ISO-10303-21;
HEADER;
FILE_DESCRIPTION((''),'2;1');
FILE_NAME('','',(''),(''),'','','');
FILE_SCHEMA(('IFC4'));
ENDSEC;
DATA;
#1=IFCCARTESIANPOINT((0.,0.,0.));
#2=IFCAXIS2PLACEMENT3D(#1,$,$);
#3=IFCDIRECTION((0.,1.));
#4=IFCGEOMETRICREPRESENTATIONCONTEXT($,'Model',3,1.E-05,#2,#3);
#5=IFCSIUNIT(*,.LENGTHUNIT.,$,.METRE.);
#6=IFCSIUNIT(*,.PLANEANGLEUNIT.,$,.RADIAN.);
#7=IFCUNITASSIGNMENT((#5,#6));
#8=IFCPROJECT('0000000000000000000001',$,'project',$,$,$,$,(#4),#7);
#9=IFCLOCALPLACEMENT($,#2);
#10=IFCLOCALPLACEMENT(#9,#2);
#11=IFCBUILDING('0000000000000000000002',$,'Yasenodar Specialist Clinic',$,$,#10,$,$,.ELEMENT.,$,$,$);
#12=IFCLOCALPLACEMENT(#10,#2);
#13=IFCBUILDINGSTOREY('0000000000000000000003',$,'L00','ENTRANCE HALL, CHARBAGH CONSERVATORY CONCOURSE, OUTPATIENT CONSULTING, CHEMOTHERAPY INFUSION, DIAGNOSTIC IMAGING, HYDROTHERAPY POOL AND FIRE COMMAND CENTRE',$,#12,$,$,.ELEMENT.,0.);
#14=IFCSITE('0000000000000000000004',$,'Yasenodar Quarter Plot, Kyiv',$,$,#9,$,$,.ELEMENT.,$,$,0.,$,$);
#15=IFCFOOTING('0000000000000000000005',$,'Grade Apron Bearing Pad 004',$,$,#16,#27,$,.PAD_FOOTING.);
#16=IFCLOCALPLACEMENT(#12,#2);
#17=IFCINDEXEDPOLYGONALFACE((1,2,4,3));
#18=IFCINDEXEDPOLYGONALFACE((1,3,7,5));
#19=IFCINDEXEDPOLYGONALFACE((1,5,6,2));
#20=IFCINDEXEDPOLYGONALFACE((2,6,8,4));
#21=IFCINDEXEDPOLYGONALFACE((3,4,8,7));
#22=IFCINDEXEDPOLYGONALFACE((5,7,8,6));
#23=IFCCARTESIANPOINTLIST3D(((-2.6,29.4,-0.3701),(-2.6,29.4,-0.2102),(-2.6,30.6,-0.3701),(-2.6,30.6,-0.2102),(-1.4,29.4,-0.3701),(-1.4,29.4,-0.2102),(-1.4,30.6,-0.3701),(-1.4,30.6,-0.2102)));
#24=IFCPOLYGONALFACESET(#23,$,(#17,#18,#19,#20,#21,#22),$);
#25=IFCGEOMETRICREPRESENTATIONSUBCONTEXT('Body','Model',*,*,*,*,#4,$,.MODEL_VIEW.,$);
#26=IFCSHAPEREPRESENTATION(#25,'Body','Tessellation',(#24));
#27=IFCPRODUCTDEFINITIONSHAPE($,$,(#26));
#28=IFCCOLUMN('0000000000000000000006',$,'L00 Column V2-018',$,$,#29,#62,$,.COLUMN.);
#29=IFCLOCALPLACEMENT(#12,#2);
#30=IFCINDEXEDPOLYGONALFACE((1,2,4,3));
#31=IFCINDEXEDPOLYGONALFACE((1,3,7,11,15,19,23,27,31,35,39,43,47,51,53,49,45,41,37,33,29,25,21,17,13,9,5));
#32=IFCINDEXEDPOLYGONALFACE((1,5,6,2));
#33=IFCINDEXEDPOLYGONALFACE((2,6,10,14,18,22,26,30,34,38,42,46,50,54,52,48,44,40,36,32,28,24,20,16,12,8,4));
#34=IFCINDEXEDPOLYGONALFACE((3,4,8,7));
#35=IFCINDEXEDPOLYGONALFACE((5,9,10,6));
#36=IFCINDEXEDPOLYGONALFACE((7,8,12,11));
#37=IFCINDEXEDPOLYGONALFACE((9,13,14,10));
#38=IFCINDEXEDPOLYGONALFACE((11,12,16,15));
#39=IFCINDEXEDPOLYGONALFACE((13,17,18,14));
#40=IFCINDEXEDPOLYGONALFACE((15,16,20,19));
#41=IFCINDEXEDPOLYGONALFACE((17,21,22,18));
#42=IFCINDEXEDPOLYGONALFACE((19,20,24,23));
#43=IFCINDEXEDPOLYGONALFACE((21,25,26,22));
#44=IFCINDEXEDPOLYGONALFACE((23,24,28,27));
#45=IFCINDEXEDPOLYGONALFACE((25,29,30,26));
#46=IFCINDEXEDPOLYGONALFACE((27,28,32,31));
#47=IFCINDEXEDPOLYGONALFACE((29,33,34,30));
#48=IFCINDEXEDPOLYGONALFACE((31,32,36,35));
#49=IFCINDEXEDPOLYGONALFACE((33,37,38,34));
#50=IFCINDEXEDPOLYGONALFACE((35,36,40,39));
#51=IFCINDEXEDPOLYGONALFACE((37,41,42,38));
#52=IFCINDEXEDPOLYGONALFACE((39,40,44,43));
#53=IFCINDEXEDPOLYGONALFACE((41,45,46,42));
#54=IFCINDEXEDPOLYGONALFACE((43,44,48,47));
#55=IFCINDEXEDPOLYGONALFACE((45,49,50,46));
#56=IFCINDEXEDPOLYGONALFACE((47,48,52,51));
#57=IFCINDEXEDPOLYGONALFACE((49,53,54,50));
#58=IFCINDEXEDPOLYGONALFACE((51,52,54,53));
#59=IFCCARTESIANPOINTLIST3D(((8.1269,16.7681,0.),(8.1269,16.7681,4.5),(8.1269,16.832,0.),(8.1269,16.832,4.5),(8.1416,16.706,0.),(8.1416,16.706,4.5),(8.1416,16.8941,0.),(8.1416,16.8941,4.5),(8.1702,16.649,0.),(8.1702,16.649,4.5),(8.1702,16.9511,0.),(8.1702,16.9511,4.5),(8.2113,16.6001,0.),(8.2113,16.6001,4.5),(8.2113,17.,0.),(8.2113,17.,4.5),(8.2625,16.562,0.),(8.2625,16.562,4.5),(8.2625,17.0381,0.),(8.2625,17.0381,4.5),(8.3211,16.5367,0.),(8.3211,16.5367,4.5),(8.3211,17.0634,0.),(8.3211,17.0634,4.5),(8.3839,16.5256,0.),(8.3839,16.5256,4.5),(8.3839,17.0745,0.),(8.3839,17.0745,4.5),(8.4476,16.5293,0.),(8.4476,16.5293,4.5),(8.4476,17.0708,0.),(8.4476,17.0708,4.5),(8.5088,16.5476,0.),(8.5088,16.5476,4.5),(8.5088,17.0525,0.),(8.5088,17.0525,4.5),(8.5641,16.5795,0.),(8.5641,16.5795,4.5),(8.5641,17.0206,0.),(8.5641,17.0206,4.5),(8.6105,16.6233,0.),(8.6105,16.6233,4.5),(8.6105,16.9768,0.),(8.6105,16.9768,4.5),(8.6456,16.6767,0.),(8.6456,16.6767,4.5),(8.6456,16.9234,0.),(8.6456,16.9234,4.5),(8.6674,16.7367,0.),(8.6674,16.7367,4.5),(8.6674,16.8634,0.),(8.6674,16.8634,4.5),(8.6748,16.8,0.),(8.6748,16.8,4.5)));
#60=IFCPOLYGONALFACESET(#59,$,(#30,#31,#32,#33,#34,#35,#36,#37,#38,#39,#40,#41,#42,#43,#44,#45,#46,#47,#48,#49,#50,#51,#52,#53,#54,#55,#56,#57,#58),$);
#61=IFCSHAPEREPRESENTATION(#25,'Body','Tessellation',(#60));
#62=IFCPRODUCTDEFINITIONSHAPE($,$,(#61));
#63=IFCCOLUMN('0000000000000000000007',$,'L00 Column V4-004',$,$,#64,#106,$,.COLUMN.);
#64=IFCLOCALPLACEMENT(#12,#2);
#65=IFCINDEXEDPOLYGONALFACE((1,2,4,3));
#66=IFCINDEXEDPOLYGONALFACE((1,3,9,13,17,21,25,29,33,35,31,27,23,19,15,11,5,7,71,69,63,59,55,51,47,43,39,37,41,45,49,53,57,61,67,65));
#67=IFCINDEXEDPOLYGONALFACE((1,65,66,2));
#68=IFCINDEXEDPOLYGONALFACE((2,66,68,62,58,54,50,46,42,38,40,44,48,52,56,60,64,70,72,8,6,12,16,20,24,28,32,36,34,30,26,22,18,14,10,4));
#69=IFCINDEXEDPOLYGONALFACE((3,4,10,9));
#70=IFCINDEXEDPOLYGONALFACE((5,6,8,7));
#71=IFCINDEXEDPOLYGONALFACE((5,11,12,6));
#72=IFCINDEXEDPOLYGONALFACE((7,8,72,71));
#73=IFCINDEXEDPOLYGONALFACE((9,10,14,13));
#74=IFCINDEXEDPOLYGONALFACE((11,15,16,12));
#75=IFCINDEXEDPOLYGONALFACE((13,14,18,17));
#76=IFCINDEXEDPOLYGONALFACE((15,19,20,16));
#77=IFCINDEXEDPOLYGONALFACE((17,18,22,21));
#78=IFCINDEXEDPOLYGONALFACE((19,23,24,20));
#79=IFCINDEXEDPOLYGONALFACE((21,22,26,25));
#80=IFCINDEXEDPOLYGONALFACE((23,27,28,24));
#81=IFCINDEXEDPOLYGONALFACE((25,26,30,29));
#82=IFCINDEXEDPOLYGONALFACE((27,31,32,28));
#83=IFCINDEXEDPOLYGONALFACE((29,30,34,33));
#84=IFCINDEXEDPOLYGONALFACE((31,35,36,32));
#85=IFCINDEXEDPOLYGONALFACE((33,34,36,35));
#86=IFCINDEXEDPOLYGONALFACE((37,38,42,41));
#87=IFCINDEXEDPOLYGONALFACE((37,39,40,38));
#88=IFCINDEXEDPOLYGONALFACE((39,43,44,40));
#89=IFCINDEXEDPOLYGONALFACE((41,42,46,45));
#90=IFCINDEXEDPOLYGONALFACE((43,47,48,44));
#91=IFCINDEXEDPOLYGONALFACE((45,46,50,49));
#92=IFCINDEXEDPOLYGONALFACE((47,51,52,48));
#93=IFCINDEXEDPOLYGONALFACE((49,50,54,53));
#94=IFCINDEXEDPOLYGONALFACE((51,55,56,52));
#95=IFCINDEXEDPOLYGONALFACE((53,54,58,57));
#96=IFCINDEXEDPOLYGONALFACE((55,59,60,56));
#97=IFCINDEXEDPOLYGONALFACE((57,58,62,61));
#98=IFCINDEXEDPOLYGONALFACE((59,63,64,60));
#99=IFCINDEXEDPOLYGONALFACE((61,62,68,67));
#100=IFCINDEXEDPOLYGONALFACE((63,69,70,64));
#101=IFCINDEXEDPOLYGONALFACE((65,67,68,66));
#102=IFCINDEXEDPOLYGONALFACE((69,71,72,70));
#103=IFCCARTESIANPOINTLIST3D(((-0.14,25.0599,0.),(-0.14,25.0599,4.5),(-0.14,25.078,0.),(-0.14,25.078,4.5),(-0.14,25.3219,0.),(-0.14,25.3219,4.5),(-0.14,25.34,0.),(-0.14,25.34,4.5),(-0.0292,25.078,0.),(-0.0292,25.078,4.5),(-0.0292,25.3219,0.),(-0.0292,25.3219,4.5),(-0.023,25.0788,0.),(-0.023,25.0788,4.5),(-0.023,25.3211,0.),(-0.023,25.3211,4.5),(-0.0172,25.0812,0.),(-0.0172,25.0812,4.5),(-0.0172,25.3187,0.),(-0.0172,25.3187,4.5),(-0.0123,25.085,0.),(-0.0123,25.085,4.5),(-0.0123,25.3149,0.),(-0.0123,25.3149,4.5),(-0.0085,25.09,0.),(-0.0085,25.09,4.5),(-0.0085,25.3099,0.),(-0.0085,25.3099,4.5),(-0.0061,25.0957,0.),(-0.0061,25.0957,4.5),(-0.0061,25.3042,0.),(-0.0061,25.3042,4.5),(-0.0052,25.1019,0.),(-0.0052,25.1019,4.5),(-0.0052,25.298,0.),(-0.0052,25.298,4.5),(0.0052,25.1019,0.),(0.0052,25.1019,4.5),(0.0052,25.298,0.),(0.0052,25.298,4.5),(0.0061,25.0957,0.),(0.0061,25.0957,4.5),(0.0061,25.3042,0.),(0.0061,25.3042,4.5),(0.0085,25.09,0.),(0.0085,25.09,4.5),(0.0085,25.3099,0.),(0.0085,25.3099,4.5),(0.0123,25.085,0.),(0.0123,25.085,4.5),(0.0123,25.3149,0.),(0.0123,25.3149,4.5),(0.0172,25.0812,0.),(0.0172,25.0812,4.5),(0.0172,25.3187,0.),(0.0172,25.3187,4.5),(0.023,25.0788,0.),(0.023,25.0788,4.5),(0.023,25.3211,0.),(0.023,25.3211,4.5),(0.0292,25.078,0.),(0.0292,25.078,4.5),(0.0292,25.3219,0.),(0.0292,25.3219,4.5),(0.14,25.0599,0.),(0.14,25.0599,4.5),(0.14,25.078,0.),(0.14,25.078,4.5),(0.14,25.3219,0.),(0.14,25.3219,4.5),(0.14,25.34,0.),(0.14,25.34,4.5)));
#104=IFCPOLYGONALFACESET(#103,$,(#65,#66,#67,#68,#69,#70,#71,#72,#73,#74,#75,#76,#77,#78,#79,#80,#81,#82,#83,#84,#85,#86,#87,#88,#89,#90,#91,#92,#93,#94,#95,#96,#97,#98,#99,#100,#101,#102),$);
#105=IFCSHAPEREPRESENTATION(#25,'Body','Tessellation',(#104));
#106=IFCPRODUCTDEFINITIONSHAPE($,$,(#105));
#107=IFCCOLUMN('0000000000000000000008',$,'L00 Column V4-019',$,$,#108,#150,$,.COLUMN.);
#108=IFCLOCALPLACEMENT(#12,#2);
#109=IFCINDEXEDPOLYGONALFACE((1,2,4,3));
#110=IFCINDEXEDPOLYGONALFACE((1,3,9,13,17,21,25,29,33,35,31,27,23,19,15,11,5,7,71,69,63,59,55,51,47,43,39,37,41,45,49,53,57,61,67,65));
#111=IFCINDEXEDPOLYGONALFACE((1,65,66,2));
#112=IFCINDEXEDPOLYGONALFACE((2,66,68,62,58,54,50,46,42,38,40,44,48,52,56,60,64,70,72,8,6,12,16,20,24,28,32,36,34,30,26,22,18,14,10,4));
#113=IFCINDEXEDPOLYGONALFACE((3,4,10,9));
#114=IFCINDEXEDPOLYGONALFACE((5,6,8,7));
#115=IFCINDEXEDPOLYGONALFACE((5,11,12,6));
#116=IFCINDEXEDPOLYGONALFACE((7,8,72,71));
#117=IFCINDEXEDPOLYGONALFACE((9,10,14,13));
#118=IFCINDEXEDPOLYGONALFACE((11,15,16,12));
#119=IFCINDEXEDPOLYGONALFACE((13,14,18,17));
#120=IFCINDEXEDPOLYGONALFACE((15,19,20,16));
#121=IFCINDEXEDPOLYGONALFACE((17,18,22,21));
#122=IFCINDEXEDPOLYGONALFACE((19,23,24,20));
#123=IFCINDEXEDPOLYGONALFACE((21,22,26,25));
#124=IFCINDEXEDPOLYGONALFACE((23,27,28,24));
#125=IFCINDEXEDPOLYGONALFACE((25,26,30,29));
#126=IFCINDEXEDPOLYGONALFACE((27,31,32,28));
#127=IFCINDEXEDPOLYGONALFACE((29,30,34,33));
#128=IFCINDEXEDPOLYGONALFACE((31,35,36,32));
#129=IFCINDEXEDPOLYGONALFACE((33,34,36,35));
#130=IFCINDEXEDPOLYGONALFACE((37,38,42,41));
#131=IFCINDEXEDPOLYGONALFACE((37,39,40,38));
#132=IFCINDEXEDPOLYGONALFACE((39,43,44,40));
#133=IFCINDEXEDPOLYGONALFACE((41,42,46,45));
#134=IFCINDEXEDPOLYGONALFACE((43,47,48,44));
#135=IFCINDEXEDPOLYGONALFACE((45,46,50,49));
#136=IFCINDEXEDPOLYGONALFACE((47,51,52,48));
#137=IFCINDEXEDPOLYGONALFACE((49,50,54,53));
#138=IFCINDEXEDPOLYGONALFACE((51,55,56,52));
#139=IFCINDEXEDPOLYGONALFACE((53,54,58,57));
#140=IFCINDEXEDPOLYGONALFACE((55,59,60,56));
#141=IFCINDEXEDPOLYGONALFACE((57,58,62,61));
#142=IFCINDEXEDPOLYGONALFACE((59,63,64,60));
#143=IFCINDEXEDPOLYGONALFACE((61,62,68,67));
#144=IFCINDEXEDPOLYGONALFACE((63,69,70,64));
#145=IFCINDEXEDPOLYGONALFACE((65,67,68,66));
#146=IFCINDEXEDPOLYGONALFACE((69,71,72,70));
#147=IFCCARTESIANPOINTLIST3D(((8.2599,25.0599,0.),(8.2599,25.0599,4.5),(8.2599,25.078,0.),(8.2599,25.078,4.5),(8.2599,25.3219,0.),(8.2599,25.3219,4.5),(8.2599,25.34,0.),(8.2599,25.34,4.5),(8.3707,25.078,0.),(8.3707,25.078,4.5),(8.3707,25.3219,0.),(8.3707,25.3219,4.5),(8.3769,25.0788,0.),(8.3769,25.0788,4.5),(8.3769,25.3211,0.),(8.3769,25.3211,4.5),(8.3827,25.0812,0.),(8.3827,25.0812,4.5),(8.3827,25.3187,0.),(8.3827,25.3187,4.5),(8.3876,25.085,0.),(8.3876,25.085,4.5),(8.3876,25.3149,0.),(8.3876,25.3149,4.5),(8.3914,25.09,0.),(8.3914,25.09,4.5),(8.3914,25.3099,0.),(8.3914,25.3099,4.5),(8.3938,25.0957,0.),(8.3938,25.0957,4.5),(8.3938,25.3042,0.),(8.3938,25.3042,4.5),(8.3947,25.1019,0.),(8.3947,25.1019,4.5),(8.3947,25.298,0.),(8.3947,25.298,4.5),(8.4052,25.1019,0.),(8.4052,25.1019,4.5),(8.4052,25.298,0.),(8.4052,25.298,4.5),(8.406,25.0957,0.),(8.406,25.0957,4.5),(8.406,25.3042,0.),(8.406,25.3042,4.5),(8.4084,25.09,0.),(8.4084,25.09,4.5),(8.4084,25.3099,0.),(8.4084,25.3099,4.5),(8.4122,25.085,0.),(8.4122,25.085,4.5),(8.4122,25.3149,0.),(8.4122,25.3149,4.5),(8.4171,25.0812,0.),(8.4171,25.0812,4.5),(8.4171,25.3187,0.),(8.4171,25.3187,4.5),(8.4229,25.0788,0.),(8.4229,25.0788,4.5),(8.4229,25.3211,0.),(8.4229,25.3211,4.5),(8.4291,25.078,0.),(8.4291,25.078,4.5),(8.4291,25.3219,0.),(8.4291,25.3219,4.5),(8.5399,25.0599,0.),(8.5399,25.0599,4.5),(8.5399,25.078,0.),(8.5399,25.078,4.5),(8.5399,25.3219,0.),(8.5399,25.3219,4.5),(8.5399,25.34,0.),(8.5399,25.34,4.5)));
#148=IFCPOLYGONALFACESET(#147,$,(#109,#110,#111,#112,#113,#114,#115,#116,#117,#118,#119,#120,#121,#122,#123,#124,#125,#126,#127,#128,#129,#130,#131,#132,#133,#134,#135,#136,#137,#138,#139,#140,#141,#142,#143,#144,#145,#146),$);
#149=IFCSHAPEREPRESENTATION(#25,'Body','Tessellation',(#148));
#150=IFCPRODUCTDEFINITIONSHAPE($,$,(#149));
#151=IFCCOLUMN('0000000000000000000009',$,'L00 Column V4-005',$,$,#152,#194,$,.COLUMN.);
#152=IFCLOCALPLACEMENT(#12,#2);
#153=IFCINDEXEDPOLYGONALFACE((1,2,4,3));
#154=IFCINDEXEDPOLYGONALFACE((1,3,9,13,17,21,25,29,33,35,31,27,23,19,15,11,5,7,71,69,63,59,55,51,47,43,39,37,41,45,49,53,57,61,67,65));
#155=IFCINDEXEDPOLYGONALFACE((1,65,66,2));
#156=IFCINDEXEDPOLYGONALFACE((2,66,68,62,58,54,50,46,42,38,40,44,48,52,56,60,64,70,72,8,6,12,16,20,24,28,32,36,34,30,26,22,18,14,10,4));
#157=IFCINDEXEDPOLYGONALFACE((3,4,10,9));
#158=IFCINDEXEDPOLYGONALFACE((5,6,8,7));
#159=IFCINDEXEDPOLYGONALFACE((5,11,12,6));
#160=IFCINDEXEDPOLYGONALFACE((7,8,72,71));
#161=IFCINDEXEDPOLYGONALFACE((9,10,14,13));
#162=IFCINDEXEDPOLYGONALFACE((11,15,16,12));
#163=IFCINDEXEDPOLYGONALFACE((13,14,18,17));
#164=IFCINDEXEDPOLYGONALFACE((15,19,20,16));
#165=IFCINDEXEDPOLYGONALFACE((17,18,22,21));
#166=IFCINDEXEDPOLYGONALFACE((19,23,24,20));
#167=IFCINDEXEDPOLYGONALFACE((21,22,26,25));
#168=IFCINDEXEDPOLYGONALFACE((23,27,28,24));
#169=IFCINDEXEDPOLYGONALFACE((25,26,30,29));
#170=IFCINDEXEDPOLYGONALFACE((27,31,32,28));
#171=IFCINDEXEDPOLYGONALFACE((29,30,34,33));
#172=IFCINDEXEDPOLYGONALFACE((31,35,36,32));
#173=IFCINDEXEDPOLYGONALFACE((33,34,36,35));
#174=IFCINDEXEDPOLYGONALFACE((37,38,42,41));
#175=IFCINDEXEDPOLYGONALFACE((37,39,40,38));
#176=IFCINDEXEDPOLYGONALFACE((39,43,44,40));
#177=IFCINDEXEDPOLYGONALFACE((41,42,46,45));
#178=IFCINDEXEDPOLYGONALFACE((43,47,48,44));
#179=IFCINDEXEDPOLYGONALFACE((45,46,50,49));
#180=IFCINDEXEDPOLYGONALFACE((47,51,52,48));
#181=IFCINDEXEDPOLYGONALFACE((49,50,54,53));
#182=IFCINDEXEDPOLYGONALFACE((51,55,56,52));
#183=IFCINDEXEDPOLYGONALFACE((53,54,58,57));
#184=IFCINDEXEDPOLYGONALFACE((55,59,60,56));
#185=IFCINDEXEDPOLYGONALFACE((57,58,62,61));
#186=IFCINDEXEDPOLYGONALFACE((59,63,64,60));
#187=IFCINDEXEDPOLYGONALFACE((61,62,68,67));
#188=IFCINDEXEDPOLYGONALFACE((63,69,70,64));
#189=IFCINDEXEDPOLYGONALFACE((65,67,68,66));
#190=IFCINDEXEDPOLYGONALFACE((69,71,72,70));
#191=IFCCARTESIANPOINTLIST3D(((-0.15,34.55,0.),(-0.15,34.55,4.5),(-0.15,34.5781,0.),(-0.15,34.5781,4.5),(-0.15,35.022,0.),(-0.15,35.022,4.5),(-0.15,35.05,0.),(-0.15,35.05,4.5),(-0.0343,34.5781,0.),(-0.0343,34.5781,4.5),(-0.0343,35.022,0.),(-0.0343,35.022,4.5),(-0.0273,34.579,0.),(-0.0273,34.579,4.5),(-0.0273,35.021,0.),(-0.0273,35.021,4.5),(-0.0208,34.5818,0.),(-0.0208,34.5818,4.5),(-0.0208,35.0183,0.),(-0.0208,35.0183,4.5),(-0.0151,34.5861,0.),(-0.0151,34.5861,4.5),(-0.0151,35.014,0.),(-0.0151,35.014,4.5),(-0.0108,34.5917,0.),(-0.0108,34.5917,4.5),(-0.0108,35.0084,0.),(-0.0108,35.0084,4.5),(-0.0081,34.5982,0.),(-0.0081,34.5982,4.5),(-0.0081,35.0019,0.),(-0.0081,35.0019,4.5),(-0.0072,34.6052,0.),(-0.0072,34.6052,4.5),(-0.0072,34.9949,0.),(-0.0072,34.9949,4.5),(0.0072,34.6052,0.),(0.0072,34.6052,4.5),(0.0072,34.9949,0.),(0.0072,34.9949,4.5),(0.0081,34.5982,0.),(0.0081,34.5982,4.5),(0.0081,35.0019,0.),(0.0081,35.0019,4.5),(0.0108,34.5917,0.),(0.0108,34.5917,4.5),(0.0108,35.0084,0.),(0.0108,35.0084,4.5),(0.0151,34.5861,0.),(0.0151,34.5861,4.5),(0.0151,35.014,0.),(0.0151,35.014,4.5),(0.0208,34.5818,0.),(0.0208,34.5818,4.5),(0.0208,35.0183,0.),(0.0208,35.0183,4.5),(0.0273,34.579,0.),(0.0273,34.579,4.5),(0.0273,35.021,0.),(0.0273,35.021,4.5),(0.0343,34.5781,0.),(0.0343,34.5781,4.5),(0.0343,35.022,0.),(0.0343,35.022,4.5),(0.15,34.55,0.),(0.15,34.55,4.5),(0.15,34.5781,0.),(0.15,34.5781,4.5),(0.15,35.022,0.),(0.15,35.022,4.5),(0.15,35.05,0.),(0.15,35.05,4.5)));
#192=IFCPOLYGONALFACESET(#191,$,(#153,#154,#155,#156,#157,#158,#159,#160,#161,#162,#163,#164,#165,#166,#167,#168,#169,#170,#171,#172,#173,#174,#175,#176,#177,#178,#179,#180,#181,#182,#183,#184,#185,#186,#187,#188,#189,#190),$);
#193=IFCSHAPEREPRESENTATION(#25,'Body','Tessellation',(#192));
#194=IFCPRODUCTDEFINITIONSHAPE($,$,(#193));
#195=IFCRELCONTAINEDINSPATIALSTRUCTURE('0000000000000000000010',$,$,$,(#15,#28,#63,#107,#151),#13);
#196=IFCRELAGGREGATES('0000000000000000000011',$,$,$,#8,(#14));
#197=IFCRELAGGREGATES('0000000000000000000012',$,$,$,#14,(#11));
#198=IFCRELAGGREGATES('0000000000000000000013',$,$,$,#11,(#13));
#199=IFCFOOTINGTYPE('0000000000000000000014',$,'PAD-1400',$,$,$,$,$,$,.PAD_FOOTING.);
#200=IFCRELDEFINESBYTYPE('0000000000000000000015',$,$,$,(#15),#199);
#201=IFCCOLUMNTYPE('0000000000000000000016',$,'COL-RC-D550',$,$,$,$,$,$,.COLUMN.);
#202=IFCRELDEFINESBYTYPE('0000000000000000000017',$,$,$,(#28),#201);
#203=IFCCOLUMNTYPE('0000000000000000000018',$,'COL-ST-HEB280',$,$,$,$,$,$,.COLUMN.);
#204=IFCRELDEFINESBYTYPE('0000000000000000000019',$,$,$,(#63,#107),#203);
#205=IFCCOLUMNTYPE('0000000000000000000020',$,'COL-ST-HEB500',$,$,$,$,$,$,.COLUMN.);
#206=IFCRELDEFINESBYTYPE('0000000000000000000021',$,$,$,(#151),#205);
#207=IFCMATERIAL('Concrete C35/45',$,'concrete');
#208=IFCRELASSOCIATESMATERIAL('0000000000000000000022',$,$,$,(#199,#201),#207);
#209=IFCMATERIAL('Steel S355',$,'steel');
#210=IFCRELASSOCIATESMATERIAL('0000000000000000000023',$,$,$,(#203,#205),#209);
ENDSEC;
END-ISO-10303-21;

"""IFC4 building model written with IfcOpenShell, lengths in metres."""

from ifc_helpers import new_model, si_unit, direction, frame, origin, origin_2d, place, context, subcontext, project, spatial, rectangle, circle, i_section, extrude, material, material_profile, profile_set, type_object, element, save


model = new_model("IFC4")

# Units and contexts
model_context = context("Model", 3, precision=1e-05, world=origin(), true_north=direction((0.0, 1.0)))
body_context = subcontext(model_context, "Body", "Model", "MODEL_VIEW")
ifc_project = project(units=[si_unit("LENGTHUNIT", "METRE"), si_unit("PLANEANGLEUNIT", "RADIAN")], contexts=[model_context])

# Site, building, storey
site_placement = place(None, origin())
site = spatial("IfcSite", under=ifc_project, at=site_placement, Name="Yasenodar Quarter Plot, Kyiv", CompositionType="ELEMENT", RefElevation=0.0)
building_placement = place(site_placement, origin())
building = spatial("IfcBuilding", under=site, at=building_placement, Name="Yasenodar Specialist Clinic", CompositionType="ELEMENT")
storey_placement = place(building_placement, origin())
storey = spatial("IfcBuildingStorey", under=building, at=storey_placement, Name="L00", Description="ENTRANCE HALL, CHARBAGH CONSERVATORY CONCOURSE, OUTPATIENT CONSULTING, CHEMOTHERAPY INFUSION, DIAGNOSTIC IMAGING, HYDROTHERAPY POOL AND FIRE COMMAND CENTRE", CompositionType="ELEMENT", Elevation=0.0)

# Footing
ifc_material_1 = material(Name="Concrete C35/45", Category="concrete")
footing_type = type_object("IfcFootingType", Name="PAD-1400", PredefinedType="PAD_FOOTING", material=ifc_material_1)
footing_placement = place(storey_placement, frame((-2.0, 30.0, -0.3701), z_axis=(0.0, 0.0, 1.0), x_axis=(1.0, 0.0, 0.0)))
element("IfcFooting", 1, at=footing_placement, inside=storey, type_object=footing_type, Name="Grade Apron Bearing Pad 004", PredefinedType="PAD_FOOTING", context=body_context, shape_type="SweptSolid", body=[
    extrude(rectangle(XDim=1.2, YDim=1.2, at=origin_2d()), origin(), (0.0, 0.0, 1.0), 0.1599),
])

# Columns
ifc_material_profile_1 = material_profile(ifc_material_1, circle(Radius=0.2749, at=origin_2d()), Name="RC D550")
ifc_profile_set_1 = profile_set([ifc_material_profile_1], Name="Concrete C35/45")
column_type_1 = type_object("IfcColumnType", Name="COL-RC-D550", PredefinedType="COLUMN", material=ifc_profile_set_1)
column_1_placement = place(storey_placement, frame((8.3999, 16.8, 0.0), z_axis=(0.0, 0.0, 1.0), x_axis=(1.0, 0.0, 0.0)))
element("IfcColumn", 2, at=column_1_placement, inside=storey, type_object=column_type_1, Name="L00 Column V2-018", PredefinedType="COLUMN", context=body_context, shape_type="SweptSolid", body=[
    extrude(circle(Radius=0.2749, at=origin_2d()), origin(), (0.0, 0.0, 1.0), 4.5),
])
ifc_material_2 = material(Name="Steel S355", Category="steel")
ifc_material_profile_2 = material_profile(ifc_material_2, i_section(OverallWidth=0.28, OverallDepth=0.28, WebThickness=0.0105, FlangeThickness=0.0181, FilletRadius=0.0239, at=origin_2d()), Name="HEB 280")
ifc_profile_set_2 = profile_set([ifc_material_profile_2], Name="Steel S355")
column_type_2 = type_object("IfcColumnType", Name="COL-ST-HEB280", PredefinedType="COLUMN", material=ifc_profile_set_2)
for number, where, z_axis, x_axis, name in (
    (3, (0.0, 25.2, 0.0), (0.0, 0.0, 1.0), (1.0, 0.0, 0.0), "L00 Column V4-004"),
    (4, (8.3999, 25.2, 0.0), (0.0, 0.0, 1.0), (1.0, 0.0, 0.0), "L00 Column V4-019"),
):
    element("IfcColumn", number, at=place(storey_placement, frame(where, z_axis=z_axis, x_axis=x_axis)), inside=storey, type_object=column_type_2, Name=name, PredefinedType="COLUMN", context=body_context, shape_type="SweptSolid", body=[
        extrude(i_section(OverallWidth=0.28, OverallDepth=0.28, WebThickness=0.0105, FlangeThickness=0.0181, FilletRadius=0.0239, at=origin_2d()), origin(), (0.0, 0.0, 1.0), 4.5),
    ])
ifc_material_profile_3 = material_profile(ifc_material_2, i_section(OverallWidth=0.3, OverallDepth=0.5, WebThickness=0.0144, FlangeThickness=0.0281, FilletRadius=0.0271, at=origin_2d()), Name="HEB 500")
ifc_profile_set_3 = profile_set([ifc_material_profile_3], Name="Steel S355")
column_type_3 = type_object("IfcColumnType", Name="COL-ST-HEB500", PredefinedType="COLUMN", material=ifc_profile_set_3)
column_2_placement = place(storey_placement, frame((0.0, 34.8, 0.0), z_axis=(0.0, 0.0, 1.0), x_axis=(1.0, 0.0, 0.0)))
element("IfcColumn", 5, at=column_2_placement, inside=storey, type_object=column_type_3, Name="L00 Column V4-005", PredefinedType="COLUMN", context=body_context, shape_type="SweptSolid", body=[
    extrude(i_section(OverallWidth=0.3, OverallDepth=0.5, WebThickness=0.0144, FlangeThickness=0.0281, FilletRadius=0.0271, at=origin_2d()), origin(), (0.0, 0.0, 1.0), 4.5),
])

save(model, "model.ifc")
